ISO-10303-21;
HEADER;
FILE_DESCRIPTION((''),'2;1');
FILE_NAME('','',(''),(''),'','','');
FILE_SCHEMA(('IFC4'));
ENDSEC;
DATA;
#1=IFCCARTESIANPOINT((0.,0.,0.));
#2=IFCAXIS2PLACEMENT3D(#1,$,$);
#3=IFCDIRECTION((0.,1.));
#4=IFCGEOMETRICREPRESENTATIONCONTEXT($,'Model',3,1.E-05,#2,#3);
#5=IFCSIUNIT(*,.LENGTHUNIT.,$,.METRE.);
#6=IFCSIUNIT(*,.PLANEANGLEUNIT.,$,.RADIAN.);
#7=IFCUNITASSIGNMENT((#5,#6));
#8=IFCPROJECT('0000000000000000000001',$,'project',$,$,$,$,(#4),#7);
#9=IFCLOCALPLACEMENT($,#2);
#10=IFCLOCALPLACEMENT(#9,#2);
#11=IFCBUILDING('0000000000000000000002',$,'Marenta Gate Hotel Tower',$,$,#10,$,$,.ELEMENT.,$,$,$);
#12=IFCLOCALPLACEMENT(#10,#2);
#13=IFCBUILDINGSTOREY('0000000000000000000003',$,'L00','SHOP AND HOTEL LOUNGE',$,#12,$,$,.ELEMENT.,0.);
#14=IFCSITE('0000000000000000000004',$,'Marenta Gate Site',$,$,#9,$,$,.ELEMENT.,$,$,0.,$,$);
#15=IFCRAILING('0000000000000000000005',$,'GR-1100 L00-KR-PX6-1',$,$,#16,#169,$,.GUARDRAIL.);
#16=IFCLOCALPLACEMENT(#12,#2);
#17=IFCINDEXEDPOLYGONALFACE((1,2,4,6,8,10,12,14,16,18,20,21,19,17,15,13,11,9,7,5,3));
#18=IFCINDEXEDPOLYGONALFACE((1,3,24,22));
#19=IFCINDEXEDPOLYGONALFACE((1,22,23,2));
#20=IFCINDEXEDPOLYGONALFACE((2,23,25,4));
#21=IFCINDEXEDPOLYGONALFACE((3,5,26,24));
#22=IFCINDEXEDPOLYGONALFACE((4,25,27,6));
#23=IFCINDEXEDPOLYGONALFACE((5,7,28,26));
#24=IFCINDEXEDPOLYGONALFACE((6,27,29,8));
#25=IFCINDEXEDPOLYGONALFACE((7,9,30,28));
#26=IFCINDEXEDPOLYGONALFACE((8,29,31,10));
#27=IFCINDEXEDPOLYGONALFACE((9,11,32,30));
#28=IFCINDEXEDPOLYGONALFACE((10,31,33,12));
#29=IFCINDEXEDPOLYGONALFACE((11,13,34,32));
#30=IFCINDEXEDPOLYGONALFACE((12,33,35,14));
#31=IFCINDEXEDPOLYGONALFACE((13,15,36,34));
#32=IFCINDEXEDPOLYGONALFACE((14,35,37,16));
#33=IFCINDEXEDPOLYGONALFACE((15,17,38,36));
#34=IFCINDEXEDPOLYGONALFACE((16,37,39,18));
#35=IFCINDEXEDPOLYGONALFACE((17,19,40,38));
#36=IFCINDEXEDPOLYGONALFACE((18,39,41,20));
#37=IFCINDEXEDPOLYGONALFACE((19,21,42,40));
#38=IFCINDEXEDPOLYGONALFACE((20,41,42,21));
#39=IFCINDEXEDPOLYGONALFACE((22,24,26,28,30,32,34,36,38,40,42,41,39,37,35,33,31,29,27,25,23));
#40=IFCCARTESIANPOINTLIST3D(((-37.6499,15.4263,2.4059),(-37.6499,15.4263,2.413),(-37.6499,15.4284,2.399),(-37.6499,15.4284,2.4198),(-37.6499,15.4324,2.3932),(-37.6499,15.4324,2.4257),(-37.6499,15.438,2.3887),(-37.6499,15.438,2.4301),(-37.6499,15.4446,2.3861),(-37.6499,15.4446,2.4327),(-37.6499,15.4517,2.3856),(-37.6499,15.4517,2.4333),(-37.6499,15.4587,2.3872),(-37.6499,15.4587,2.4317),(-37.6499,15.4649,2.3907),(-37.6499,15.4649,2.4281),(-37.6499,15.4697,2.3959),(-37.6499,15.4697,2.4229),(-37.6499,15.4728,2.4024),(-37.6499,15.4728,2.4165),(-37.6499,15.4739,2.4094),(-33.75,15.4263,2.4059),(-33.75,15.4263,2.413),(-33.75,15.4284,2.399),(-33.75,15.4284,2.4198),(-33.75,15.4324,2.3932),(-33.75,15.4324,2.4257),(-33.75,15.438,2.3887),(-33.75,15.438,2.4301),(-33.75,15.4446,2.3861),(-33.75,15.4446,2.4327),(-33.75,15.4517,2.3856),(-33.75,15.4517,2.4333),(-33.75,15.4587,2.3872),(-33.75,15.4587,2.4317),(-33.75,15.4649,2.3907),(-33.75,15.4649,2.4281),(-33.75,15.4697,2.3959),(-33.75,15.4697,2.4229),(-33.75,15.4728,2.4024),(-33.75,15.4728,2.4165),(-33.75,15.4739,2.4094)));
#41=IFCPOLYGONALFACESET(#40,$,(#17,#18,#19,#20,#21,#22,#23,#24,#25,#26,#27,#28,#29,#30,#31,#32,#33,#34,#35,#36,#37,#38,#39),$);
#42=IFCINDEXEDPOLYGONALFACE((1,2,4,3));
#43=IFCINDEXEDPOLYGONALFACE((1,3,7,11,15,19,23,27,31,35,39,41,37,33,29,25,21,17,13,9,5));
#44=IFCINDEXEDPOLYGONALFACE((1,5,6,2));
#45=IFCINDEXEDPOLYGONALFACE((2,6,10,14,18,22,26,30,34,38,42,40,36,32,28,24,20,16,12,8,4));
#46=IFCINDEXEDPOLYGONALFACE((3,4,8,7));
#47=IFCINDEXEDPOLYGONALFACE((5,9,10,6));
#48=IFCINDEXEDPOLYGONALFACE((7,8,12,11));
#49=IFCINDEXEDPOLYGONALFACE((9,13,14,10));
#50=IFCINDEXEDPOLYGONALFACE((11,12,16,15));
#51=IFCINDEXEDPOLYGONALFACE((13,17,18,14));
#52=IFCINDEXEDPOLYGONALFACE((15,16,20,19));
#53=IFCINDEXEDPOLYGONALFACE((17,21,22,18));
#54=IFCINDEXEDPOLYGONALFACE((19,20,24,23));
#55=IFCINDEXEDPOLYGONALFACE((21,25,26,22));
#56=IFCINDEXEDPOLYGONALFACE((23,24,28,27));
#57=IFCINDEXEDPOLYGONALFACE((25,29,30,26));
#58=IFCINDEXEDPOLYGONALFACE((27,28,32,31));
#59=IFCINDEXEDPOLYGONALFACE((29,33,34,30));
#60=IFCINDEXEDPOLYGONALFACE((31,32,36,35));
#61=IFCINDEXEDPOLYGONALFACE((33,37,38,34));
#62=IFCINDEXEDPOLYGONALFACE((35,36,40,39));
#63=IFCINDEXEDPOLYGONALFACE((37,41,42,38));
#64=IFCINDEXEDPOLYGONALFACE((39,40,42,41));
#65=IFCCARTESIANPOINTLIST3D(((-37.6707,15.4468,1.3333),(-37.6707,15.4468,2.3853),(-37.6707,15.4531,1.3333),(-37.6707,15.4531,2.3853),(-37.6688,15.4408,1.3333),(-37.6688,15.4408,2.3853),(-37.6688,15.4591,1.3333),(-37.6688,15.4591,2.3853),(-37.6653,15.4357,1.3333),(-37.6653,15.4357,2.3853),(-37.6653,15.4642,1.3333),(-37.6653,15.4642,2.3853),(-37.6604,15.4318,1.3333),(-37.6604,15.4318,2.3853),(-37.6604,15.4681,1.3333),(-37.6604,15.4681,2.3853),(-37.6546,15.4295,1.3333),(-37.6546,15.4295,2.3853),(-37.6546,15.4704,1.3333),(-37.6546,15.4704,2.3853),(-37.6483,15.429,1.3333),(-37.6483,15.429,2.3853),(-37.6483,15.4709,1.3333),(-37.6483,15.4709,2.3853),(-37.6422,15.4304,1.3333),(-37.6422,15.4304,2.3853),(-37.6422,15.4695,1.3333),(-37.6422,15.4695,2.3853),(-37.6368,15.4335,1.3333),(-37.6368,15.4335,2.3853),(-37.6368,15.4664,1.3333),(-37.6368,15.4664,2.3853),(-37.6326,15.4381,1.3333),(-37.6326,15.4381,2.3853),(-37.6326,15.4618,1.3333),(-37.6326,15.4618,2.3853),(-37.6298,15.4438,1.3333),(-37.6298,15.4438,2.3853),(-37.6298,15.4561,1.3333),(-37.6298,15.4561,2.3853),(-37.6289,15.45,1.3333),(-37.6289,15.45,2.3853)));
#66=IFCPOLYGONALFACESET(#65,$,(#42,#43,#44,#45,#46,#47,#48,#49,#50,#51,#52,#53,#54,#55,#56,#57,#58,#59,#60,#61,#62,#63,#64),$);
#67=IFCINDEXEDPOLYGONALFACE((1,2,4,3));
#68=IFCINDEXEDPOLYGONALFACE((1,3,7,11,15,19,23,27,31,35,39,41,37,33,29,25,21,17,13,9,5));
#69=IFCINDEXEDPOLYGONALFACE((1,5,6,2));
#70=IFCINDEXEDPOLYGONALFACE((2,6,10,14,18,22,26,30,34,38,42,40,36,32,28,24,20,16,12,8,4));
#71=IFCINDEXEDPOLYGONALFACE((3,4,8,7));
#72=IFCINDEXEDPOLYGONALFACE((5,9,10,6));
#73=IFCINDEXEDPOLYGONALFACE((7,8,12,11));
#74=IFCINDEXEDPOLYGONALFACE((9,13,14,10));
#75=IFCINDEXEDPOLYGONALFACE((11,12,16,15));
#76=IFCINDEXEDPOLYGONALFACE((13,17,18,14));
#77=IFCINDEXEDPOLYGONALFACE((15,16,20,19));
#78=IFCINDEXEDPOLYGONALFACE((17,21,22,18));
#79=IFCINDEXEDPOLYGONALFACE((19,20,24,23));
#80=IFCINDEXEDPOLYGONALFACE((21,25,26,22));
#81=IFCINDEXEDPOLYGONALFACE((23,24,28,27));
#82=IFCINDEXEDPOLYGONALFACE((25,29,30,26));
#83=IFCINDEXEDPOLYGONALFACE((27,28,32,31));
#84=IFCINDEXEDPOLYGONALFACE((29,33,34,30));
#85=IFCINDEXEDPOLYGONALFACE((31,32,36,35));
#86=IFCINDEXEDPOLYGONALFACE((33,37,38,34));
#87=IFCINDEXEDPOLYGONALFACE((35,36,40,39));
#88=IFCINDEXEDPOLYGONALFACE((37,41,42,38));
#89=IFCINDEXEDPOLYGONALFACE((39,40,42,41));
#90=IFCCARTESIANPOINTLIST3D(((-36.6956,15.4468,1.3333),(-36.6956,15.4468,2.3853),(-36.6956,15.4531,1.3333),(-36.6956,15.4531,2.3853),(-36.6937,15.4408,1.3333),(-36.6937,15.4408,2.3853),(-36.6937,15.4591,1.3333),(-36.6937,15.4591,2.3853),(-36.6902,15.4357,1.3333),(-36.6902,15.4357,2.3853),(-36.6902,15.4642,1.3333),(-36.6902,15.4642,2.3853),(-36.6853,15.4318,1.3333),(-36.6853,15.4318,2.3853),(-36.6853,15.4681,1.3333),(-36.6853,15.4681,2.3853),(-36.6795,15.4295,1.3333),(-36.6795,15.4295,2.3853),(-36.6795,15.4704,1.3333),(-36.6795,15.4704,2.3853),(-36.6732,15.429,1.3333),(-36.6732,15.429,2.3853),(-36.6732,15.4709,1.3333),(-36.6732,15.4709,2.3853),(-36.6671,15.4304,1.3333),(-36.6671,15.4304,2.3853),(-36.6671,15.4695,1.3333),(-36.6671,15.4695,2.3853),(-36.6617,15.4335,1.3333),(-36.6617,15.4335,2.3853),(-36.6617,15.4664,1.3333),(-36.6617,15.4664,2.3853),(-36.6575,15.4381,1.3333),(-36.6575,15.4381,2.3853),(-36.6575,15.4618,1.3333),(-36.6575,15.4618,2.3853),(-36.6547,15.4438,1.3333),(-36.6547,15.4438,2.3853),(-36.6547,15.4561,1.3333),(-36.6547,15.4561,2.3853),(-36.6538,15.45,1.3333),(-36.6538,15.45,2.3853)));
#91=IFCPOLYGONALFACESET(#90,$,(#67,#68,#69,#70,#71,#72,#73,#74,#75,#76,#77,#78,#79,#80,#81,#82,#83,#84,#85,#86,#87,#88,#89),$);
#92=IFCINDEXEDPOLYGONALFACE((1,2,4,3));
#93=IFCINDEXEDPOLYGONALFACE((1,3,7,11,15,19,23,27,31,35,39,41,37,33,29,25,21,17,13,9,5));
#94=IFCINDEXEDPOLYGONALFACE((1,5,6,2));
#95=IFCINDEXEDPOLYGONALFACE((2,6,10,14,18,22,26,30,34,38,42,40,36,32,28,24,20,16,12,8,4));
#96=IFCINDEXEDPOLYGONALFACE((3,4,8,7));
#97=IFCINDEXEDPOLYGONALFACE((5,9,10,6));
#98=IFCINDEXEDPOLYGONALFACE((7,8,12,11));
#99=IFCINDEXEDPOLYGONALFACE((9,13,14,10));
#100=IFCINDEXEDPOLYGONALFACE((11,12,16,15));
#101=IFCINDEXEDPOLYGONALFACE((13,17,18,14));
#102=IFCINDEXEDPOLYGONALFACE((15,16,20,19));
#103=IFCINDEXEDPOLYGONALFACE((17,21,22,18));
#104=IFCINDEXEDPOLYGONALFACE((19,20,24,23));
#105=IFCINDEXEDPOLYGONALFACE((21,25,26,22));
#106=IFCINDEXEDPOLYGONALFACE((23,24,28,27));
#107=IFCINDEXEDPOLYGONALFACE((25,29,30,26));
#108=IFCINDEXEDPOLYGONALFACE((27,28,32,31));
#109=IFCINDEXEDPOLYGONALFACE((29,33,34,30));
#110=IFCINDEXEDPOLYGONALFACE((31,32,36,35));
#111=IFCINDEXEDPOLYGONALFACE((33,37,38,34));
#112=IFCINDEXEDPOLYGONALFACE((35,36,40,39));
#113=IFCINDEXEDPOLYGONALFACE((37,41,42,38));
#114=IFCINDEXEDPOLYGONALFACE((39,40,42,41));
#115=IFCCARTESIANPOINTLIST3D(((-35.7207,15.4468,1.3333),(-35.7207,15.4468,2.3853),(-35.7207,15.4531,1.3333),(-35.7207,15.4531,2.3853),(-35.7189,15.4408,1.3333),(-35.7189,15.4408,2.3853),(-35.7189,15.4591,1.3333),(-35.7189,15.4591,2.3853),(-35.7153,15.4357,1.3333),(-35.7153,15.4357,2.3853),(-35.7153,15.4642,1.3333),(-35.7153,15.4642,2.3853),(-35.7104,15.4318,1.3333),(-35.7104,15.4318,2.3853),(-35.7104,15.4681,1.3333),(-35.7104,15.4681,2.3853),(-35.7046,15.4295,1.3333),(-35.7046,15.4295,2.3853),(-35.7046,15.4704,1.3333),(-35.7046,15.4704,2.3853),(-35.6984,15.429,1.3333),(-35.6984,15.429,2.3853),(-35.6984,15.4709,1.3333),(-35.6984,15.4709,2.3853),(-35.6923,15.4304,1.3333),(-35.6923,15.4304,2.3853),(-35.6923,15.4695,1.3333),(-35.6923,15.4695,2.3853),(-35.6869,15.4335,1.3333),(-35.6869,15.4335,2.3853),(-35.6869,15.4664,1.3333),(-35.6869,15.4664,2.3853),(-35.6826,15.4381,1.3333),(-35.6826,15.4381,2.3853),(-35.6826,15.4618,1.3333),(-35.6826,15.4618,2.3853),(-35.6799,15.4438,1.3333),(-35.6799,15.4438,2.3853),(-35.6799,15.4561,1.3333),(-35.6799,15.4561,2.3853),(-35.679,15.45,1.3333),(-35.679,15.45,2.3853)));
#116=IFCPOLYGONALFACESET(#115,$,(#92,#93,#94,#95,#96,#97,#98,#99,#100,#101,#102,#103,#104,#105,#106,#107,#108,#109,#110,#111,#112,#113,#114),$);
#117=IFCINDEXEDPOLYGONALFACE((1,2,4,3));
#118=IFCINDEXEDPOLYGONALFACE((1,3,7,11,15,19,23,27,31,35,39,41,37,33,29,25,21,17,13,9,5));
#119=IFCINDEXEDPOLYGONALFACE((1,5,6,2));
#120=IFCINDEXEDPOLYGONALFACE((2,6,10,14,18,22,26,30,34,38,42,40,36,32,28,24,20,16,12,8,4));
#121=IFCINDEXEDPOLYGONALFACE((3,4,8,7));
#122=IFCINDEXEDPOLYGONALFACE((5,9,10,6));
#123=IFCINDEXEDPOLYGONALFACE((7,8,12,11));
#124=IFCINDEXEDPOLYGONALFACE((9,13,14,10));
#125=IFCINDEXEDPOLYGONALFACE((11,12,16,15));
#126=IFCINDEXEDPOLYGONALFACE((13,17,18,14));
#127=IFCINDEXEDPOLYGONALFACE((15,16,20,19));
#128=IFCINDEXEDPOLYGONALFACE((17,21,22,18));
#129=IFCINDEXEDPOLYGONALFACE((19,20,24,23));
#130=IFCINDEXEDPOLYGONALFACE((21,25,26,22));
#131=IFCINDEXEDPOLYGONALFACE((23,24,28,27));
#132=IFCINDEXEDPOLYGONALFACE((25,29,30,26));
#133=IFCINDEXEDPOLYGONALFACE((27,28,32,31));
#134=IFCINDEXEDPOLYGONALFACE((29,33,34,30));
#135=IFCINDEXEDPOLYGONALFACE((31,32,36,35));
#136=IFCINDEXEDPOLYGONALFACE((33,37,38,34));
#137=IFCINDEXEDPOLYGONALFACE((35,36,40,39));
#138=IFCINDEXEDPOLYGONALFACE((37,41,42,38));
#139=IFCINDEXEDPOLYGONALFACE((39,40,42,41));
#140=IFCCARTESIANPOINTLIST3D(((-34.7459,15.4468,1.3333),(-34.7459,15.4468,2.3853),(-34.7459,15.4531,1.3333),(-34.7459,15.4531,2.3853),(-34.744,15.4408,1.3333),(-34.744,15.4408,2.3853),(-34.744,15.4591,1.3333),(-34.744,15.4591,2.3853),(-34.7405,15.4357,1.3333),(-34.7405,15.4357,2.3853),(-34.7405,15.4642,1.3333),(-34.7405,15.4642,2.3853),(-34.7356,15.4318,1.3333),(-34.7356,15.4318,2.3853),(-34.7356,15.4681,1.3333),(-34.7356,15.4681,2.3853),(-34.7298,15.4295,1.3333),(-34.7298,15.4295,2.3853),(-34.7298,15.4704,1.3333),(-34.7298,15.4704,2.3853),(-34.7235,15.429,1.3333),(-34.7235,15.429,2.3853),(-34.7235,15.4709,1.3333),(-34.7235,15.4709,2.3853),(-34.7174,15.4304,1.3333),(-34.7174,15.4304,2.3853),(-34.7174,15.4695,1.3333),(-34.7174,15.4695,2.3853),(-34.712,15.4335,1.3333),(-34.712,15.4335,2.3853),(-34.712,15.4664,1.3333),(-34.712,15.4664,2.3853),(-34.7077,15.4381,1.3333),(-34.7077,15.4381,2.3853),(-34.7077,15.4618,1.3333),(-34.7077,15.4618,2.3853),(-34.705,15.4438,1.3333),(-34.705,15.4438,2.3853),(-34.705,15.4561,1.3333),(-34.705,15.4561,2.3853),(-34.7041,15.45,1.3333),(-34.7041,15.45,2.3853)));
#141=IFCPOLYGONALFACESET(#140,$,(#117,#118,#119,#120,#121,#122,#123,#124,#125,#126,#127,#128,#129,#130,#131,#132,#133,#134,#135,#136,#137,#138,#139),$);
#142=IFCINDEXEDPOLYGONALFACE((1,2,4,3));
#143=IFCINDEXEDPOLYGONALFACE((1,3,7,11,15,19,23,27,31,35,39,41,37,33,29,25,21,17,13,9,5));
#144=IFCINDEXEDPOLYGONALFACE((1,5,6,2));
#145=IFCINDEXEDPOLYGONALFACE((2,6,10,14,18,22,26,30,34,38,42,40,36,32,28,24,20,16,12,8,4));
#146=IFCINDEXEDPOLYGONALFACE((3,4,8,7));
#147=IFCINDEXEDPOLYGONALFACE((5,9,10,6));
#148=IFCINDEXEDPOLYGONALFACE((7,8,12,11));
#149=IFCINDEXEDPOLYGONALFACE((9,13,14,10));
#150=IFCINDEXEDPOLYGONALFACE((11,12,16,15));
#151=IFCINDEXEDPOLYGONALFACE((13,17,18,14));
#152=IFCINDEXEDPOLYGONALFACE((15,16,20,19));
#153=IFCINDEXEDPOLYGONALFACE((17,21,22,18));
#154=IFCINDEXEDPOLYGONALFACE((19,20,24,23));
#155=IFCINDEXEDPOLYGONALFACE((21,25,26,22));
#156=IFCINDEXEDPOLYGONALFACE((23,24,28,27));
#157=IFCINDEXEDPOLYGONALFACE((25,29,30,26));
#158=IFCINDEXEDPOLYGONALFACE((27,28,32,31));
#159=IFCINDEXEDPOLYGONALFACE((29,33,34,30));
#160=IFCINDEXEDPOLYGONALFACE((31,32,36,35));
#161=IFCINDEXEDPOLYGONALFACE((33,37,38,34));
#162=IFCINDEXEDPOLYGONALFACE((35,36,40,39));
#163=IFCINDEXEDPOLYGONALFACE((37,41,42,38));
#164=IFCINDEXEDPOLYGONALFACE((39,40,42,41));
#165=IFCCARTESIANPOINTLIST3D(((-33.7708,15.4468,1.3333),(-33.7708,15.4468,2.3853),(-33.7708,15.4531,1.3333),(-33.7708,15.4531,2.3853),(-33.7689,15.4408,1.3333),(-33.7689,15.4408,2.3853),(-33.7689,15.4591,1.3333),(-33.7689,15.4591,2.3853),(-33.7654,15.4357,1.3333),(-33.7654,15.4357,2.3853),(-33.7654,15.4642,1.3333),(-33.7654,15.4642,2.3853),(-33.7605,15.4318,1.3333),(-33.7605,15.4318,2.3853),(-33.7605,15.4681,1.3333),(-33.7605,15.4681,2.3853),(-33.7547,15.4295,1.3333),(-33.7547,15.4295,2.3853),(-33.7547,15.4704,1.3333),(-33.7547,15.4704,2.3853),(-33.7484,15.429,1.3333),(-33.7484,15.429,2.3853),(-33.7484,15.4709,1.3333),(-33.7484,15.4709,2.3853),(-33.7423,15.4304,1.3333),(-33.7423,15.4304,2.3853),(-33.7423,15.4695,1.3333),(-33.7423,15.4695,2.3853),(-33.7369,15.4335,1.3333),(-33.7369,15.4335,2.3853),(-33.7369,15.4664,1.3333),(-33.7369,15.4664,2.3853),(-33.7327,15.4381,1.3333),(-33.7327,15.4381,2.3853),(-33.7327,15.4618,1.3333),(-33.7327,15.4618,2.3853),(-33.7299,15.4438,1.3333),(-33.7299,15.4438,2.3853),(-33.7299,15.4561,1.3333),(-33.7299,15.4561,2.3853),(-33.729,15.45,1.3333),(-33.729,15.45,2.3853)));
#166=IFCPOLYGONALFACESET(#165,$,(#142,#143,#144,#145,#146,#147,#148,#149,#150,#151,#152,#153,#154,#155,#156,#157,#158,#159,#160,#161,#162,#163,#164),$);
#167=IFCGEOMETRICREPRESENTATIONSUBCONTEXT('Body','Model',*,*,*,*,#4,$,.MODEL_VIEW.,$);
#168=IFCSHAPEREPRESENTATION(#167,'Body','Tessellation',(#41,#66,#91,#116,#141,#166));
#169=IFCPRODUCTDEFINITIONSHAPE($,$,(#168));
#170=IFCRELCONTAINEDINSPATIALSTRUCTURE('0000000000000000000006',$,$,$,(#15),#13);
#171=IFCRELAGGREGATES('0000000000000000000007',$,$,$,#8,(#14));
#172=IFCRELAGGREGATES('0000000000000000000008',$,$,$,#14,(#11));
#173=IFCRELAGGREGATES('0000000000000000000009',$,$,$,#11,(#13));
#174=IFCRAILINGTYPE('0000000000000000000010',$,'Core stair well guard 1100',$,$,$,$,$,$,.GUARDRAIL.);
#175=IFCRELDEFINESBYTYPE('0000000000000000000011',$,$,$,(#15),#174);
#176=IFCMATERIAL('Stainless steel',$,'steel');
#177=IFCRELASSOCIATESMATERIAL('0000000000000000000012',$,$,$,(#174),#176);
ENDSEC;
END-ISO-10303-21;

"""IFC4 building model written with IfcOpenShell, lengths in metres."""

from ifc_helpers import new_model, si_unit, direction, frame, origin, origin_2d, place, context, subcontext, project, spatial, circle, extrude, material, type_object, element, save


model = new_model("IFC4")

# Units and contexts
model_context = context("Model", 3, precision=1e-05, world=origin(), true_north=direction((0.0, 1.0)))
body_context = subcontext(model_context, "Body", "Model", "MODEL_VIEW")
ifc_project = project(units=[si_unit("LENGTHUNIT", "METRE"), si_unit("PLANEANGLEUNIT", "RADIAN")], contexts=[model_context])

# Site, building, storey
site_placement = place(None, origin())
site = spatial("IfcSite", under=ifc_project, at=site_placement, Name="Marenta Gate Site", CompositionType="ELEMENT", RefElevation=0.0)
building_placement = place(site_placement, origin())
building = spatial("IfcBuilding", under=site, at=building_placement, Name="Marenta Gate Hotel Tower", CompositionType="ELEMENT")
storey_placement = place(building_placement, origin())
storey = spatial("IfcBuildingStorey", under=building, at=storey_placement, Name="L00", Description="SHOP AND HOTEL LOUNGE", CompositionType="ELEMENT", Elevation=0.0)

# Railing
ifc_material_1 = material(Name="Stainless steel", Category="steel")
railing_type = type_object("IfcRailingType", Name="Core stair well guard 1100", PredefinedType="GUARDRAIL", material=ifc_material_1)
for number, where, name in (
    (1, (-37.6499, 15.45, 1.3333), "GR-1100 L00-KR-PX6-1"),
):
    element("IfcRailing", number, at=place(storey_placement, frame(where)), inside=storey, type_object=railing_type, Name=name, PredefinedType="GUARDRAIL", context=body_context, shape_type="SweptSolid", body=[
        extrude(circle(Radius=0.0239, at=origin_2d()), frame((0.0, 0.0, 1.0762), z_axis=(1.0, 0.0, 0.0), x_axis=(0.0, 1.0, 0.0)), (0.0, 0.0, 1.0), 3.8999),
        extrude(circle(Radius=0.021, at=origin_2d()), origin(), (0.0, 0.0, 1.0), 1.052),
        extrude(circle(Radius=0.021, at=origin_2d()), frame((0.9751, 0.0, 0.0)), (0.0, 0.0, 1.0), 1.052),
        extrude(circle(Radius=0.021, at=origin_2d()), frame((1.95, 0.0, 0.0)), (0.0, 0.0, 1.0), 1.052),
        extrude(circle(Radius=0.021, at=origin_2d()), frame((2.9248, 0.0, 0.0)), (0.0, 0.0, 1.0), 1.052),
        extrude(circle(Radius=0.021, at=origin_2d()), frame((3.8999, 0.0, 0.0)), (0.0, 0.0, 1.0), 1.052),
    ])

save(model, "model.ifc")
